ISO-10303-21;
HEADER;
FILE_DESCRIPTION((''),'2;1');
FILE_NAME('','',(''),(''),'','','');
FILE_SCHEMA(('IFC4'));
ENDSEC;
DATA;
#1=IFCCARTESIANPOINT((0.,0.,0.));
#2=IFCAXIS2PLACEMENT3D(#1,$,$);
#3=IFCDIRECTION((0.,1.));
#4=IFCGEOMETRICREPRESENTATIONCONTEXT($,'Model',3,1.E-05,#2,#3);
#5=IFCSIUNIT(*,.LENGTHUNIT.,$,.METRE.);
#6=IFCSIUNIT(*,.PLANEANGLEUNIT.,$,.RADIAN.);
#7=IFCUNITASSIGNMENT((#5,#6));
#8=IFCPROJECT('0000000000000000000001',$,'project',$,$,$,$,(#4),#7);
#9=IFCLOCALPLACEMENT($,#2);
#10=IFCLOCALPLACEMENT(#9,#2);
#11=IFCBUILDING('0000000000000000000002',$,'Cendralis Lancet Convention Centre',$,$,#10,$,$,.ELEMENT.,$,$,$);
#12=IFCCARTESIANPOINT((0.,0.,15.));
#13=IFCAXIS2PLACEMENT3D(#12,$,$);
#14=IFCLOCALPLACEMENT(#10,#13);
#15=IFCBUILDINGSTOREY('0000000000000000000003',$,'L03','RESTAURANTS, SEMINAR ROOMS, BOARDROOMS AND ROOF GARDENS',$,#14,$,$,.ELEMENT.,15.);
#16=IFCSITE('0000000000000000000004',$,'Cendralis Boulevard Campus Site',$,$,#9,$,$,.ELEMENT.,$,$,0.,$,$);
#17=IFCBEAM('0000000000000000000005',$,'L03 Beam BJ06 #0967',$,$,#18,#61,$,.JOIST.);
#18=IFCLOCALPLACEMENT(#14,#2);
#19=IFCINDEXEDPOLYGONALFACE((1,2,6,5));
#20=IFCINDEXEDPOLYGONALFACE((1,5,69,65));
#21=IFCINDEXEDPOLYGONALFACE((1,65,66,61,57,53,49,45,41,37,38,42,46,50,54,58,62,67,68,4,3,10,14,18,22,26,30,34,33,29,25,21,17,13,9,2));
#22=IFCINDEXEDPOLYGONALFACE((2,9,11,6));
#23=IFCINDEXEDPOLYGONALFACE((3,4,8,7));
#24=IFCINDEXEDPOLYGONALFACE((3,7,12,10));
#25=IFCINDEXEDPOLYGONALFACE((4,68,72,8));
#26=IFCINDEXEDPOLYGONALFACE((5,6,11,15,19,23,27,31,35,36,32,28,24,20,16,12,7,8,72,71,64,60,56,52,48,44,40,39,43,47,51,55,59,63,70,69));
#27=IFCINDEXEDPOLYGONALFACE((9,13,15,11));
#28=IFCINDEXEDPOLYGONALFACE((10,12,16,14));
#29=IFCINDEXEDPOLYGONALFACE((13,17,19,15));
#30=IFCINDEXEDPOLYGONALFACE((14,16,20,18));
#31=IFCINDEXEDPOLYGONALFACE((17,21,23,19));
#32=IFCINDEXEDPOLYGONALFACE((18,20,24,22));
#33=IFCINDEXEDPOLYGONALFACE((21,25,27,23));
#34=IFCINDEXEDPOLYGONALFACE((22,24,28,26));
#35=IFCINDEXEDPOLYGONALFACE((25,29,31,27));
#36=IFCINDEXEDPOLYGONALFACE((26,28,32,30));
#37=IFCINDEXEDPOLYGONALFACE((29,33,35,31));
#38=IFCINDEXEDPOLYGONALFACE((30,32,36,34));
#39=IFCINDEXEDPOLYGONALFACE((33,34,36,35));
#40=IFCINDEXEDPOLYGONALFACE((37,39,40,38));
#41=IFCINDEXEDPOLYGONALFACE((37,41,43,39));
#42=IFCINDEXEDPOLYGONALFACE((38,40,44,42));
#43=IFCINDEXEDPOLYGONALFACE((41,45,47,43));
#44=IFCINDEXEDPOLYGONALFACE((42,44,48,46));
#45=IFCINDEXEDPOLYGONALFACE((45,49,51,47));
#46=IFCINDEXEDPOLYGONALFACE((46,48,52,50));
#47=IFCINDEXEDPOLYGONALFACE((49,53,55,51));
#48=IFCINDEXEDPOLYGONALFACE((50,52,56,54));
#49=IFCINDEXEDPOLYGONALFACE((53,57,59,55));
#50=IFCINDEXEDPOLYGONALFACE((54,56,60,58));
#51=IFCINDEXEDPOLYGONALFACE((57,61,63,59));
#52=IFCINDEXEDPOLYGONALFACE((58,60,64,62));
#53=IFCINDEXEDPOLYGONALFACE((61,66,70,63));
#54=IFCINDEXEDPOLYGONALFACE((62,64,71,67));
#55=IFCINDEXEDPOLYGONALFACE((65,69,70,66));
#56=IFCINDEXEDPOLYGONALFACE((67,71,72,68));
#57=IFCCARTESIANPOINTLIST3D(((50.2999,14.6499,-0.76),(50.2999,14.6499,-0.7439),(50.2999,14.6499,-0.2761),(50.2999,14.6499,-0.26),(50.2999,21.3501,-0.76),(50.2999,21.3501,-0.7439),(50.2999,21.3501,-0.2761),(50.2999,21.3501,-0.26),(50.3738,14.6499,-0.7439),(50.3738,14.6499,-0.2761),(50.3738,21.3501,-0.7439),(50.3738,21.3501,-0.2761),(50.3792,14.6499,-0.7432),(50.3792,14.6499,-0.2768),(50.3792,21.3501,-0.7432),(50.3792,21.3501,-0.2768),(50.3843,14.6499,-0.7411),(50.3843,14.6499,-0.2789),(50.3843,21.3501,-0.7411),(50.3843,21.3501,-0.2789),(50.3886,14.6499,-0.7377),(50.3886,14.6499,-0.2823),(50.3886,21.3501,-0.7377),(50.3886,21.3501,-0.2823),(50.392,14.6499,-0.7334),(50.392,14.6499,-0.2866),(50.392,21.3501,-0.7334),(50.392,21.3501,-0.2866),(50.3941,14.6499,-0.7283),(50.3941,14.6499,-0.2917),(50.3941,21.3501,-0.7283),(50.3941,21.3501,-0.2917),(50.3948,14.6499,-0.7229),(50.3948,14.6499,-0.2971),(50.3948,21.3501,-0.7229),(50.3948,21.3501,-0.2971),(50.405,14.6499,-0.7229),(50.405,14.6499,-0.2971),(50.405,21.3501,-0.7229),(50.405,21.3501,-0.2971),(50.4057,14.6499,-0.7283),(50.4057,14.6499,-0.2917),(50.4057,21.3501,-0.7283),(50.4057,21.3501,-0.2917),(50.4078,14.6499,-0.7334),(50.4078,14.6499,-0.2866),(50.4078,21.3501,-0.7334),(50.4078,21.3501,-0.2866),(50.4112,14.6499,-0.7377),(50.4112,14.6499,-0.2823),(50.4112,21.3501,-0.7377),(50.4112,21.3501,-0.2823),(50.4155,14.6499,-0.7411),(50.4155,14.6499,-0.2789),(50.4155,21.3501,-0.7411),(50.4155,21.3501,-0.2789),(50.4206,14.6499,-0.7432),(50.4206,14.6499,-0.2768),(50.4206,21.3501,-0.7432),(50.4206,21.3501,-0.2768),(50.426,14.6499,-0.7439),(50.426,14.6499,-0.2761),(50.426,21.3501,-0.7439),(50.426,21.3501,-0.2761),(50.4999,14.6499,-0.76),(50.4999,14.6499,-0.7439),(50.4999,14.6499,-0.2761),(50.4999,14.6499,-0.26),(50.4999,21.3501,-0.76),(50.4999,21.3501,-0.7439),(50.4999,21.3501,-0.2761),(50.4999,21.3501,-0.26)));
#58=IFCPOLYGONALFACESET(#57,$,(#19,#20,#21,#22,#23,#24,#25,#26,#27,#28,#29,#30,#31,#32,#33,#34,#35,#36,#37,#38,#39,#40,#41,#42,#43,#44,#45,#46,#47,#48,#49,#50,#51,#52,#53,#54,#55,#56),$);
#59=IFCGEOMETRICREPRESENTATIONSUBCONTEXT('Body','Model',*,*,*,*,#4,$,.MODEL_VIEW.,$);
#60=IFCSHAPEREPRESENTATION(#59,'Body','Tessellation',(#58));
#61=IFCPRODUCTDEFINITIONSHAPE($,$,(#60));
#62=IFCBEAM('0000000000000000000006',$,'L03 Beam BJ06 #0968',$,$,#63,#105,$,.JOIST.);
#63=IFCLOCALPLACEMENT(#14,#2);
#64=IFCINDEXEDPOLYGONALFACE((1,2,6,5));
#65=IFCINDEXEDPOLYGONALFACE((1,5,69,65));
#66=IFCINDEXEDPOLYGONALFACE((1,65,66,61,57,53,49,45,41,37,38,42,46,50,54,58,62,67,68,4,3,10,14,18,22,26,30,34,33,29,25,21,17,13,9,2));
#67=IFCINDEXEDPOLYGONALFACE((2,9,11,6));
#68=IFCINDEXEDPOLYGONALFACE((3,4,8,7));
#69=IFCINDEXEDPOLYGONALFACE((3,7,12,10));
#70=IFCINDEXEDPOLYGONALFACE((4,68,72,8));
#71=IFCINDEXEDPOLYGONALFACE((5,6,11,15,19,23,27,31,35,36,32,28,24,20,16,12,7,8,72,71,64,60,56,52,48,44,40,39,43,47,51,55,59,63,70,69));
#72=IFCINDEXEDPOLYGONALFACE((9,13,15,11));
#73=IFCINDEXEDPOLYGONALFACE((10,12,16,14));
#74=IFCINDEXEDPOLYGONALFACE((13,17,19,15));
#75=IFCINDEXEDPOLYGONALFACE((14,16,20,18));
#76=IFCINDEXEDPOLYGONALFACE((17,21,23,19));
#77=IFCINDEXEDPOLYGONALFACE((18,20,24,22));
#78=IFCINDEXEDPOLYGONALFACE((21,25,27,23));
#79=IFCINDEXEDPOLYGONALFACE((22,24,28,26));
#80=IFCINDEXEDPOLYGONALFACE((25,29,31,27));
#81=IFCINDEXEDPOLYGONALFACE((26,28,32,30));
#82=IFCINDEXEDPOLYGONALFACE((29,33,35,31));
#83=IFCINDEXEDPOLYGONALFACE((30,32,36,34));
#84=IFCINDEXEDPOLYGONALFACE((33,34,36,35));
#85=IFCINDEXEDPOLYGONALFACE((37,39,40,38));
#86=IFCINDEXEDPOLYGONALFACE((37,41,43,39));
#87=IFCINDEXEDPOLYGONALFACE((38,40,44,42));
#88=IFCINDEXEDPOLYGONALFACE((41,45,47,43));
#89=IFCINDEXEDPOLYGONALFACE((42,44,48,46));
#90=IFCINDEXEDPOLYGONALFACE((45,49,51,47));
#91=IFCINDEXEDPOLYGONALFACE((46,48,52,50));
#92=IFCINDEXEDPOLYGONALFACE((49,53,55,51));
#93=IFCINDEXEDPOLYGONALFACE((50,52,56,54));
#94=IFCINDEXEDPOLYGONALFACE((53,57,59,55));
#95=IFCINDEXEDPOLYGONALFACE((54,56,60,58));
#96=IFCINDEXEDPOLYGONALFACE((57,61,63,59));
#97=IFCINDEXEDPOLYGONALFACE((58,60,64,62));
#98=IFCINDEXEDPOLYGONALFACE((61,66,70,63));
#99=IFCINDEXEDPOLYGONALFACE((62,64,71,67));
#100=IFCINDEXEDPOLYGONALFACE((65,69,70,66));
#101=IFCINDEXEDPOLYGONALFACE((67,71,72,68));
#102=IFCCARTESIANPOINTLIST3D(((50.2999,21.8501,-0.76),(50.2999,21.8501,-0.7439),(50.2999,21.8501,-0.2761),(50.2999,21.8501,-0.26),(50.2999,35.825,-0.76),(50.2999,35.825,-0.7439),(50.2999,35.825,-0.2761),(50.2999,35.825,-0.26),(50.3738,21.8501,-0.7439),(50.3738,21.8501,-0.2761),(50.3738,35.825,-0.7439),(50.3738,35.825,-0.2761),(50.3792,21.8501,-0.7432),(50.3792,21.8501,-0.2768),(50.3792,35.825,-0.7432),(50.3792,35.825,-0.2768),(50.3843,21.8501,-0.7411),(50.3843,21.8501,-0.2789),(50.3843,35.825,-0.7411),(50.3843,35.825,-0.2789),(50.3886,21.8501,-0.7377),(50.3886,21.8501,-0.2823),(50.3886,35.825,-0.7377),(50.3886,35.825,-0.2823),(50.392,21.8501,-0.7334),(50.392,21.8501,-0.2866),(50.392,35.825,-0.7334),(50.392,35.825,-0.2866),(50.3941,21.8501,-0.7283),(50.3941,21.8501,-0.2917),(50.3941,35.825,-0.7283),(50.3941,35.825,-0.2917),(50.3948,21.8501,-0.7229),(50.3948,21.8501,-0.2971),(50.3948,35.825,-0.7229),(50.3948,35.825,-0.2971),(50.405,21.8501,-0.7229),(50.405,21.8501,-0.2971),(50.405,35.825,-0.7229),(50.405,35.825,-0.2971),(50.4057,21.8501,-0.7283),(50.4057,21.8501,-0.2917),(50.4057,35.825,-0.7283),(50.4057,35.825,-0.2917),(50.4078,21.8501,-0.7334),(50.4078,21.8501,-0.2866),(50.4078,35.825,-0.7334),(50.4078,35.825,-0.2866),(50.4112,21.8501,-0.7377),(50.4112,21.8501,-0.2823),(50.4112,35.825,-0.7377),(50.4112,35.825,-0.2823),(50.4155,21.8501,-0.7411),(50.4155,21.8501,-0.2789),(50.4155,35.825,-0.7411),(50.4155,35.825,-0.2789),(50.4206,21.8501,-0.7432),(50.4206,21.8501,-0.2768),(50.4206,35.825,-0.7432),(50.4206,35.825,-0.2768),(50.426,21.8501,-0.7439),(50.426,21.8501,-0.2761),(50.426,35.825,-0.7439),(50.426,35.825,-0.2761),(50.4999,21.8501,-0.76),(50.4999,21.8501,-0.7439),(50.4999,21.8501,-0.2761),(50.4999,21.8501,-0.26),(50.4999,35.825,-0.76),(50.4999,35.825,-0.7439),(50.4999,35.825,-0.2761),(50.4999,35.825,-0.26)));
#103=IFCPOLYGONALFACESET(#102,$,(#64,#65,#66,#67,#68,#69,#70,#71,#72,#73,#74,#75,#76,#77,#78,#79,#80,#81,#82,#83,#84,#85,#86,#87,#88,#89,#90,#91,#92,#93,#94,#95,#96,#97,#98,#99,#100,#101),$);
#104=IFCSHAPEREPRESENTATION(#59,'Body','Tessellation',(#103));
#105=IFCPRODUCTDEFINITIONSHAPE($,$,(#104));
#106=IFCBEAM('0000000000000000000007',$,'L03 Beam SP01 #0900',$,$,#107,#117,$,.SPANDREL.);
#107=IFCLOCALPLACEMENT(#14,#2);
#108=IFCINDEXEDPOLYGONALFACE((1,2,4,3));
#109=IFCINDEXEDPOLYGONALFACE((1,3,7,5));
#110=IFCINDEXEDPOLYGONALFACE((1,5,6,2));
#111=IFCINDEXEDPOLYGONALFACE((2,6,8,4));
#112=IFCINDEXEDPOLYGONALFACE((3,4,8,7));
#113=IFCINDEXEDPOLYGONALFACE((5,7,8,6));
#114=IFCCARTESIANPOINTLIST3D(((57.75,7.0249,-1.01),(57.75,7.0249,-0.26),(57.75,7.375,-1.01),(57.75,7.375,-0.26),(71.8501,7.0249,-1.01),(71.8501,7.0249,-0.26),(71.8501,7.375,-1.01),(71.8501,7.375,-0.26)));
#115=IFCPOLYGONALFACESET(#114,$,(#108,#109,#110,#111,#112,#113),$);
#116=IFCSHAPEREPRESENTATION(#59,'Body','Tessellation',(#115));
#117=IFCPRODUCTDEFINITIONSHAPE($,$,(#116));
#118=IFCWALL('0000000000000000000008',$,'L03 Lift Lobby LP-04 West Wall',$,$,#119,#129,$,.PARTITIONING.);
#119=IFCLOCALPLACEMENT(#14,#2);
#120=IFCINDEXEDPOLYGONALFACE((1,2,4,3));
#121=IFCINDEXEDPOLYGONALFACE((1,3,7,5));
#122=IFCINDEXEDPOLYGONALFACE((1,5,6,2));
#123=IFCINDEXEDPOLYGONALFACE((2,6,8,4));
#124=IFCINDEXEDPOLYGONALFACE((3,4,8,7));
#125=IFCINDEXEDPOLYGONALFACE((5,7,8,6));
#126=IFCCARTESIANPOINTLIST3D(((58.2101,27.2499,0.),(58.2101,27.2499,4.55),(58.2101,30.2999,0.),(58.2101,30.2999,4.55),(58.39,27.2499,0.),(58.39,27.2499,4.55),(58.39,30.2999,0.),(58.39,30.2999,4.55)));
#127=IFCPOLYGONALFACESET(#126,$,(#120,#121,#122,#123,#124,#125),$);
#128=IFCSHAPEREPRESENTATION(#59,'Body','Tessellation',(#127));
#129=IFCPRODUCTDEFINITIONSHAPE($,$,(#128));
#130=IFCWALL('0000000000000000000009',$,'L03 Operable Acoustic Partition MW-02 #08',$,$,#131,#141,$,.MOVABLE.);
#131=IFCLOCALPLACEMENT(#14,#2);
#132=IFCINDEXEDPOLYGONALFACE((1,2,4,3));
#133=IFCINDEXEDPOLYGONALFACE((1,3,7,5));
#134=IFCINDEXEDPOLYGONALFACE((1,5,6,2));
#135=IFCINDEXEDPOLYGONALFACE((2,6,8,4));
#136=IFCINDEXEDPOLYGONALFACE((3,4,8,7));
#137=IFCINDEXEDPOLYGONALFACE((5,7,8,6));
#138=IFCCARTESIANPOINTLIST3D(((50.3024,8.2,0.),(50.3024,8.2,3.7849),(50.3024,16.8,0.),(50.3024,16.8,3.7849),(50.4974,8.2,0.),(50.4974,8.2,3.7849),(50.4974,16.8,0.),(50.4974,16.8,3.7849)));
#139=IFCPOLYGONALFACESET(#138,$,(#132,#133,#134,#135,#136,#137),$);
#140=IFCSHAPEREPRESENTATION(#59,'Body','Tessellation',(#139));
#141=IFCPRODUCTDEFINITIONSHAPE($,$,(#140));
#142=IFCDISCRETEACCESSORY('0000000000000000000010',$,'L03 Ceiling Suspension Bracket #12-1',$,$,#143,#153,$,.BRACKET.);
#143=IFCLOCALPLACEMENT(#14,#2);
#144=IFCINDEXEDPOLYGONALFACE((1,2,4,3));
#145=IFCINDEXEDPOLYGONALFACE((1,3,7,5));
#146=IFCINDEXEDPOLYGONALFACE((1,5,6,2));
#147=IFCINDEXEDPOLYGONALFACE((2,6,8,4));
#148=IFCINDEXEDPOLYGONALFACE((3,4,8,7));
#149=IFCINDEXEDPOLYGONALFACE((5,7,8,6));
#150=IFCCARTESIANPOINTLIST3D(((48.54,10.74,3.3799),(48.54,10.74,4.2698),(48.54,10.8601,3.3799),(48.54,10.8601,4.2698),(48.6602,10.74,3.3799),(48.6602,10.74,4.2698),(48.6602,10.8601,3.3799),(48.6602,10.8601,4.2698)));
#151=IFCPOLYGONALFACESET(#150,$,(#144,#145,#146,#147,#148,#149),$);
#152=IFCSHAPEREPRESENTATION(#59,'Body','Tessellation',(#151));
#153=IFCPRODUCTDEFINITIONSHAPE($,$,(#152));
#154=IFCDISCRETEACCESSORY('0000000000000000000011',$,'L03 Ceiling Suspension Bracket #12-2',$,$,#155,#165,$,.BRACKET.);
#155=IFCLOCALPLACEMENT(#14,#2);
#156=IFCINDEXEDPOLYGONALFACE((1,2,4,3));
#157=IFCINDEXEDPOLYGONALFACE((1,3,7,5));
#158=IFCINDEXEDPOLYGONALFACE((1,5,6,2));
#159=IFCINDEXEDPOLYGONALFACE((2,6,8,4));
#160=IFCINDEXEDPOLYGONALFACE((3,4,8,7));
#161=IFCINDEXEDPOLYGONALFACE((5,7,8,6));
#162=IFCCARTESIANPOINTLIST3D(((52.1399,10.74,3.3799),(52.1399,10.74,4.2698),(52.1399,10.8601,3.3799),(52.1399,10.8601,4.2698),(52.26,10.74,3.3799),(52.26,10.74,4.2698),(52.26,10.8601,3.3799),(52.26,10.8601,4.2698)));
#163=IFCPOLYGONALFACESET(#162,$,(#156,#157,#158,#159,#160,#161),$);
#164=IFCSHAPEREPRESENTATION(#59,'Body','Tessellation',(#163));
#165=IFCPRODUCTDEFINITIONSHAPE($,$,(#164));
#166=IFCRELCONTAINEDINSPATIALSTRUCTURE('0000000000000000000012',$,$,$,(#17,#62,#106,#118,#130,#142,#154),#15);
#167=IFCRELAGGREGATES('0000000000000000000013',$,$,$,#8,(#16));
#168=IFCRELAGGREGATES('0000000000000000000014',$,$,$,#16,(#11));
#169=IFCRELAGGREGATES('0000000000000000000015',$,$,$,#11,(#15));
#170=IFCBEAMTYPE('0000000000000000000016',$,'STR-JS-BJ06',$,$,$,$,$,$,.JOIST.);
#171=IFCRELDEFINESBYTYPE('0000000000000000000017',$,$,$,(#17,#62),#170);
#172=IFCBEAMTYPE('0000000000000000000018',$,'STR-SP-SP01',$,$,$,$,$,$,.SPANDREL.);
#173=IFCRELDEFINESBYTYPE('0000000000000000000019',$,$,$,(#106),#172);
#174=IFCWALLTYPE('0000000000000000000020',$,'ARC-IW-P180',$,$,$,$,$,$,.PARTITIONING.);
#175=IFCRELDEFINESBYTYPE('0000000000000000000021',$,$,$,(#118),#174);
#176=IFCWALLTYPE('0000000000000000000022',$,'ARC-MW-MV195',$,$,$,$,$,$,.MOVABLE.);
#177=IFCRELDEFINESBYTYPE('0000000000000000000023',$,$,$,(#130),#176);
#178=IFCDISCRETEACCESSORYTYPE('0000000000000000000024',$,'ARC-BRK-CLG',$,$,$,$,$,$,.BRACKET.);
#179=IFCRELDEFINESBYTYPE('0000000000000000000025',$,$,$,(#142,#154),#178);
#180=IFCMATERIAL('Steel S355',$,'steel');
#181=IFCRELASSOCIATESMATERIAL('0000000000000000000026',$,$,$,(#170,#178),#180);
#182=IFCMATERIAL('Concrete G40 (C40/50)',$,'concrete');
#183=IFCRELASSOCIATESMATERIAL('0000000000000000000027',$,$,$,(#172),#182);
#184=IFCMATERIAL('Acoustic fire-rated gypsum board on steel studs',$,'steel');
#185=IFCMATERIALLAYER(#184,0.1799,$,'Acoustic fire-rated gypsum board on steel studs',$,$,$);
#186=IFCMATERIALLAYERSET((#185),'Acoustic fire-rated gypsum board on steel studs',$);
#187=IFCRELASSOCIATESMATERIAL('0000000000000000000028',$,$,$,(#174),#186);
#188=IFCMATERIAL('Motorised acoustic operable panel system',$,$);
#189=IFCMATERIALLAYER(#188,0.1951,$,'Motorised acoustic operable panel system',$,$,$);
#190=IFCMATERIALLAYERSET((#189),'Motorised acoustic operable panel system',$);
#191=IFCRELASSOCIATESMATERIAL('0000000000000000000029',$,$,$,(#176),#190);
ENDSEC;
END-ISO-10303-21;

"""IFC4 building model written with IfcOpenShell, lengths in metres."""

from ifc_helpers import new_model, si_unit, direction, frame, frame_2d, origin, origin_2d, place, context, subcontext, project, spatial, rectangle, i_section, extrude, material, layer, layer_set, material_profile, profile_set, type_object, element, save


model = new_model("IFC4")

# Units and contexts
model_context = context("Model", 3, precision=1e-05, world=origin(), true_north=direction((0.0, 1.0)))
body_context = subcontext(model_context, "Body", "Model", "MODEL_VIEW")
ifc_project = project(units=[si_unit("LENGTHUNIT", "METRE"), si_unit("PLANEANGLEUNIT", "RADIAN")], contexts=[model_context])

# Site, building, storey
site_placement = place(None, origin())
site = spatial("IfcSite", under=ifc_project, at=site_placement, Name="Cendralis Boulevard Campus Site", CompositionType="ELEMENT", RefElevation=0.0)
building_placement = place(site_placement, origin())
building = spatial("IfcBuilding", under=site, at=building_placement, Name="Cendralis Lancet Convention Centre", CompositionType="ELEMENT")
storey_placement = place(building_placement, frame((0.0, 0.0, 15.0)))
storey = spatial("IfcBuildingStorey", under=building, at=storey_placement, Name="L03", Description="RESTAURANTS, SEMINAR ROOMS, BOARDROOMS AND ROOF GARDENS", CompositionType="ELEMENT", Elevation=15.0)

# Shared definitions
ifc_material_1 = material(Name="Concrete G40 (C40/50)", Category="concrete")

# Beams
ifc_material_2 = material(Name="Steel S355", Category="steel")
ifc_material_profile_1 = material_profile(ifc_material_2, i_section(OverallWidth=0.2, OverallDepth=0.5, WebThickness=0.0103, FlangeThickness=0.0161, FilletRadius=0.021, at=origin_2d()), Name="IPE 500")
ifc_profile_set_1 = profile_set([ifc_material_profile_1], Name="Steel S355")
beam_type_1 = type_object("IfcBeamType", Name="STR-JS-BJ06", PredefinedType="JOIST", material=ifc_profile_set_1)
beam_1_placement = place(storey_placement, frame((50.3999, 14.6499, -0.51), z_axis=(0.0, 1.0, 0.0), x_axis=(-1.0, 0.0, 0.0)))
element("IfcBeam", 1, at=beam_1_placement, inside=storey, type_object=beam_type_1, Name="L03 Beam BJ06 #0967", PredefinedType="JOIST", context=body_context, shape_type="SweptSolid", body=[
    extrude(i_section(OverallWidth=0.2, OverallDepth=0.5, WebThickness=0.0103, FlangeThickness=0.0161, FilletRadius=0.021, at=origin_2d()), origin(), (0.0, 0.0, 1.0), 6.7002),
])
beam_2_placement = place(storey_placement, frame((50.3999, 21.8501, -0.51), z_axis=(0.0, 1.0, 0.0), x_axis=(-1.0, 0.0, 0.0)))
element("IfcBeam", 2, at=beam_2_placement, inside=storey, type_object=beam_type_1, Name="L03 Beam BJ06 #0968", PredefinedType="JOIST", context=body_context, shape_type="SweptSolid", body=[
    extrude(i_section(OverallWidth=0.2, OverallDepth=0.5, WebThickness=0.0103, FlangeThickness=0.0161, FilletRadius=0.021, at=origin_2d()), origin(), (0.0, 0.0, 1.0), 13.9749),
])
ifc_material_profile_2 = material_profile(ifc_material_1, rectangle(XDim=0.3501, YDim=0.75, at=origin_2d()), Name="RCB 350x750")
ifc_profile_set_2 = profile_set([ifc_material_profile_2], Name="Concrete G40 (C40/50)")
beam_type_2 = type_object("IfcBeamType", Name="STR-SP-SP01", PredefinedType="SPANDREL", material=ifc_profile_set_2)
beam_3_placement = place(storey_placement, frame((57.75, 7.2, -0.635), z_axis=(1.0, 0.0, 0.0), x_axis=(0.0, 1.0, 0.0)))
element("IfcBeam", 3, at=beam_3_placement, inside=storey, type_object=beam_type_2, Name="L03 Beam SP01 #0900", PredefinedType="SPANDREL", context=body_context, shape_type="SweptSolid", body=[
    extrude(rectangle(XDim=0.3501, YDim=0.75, at=origin_2d()), origin(), (0.0, 0.0, 1.0), 14.1001),
])

# Shared definitions
ifc_material_3 = material(Name="Acoustic fire-rated gypsum board on steel studs", Category="steel")
ifc_layer_1 = layer(ifc_material_3, 0.1799, Name="Acoustic fire-rated gypsum board on steel studs")
ifc_layer_set_1 = layer_set([ifc_layer_1], Name="Acoustic fire-rated gypsum board on steel studs")
wall_type_1 = type_object("IfcWallType", Name="ARC-IW-P180", PredefinedType="PARTITIONING", material=ifc_layer_set_1)

# Walls
wall_1_placement = place(storey_placement, frame((58.3, 27.25, 0.0), z_axis=(0.0, 0.0, 1.0), x_axis=(0.0, 1.0, 0.0)))
element("IfcWall", 4, at=wall_1_placement, inside=storey, type_object=wall_type_1, Name="L03 Lift Lobby LP-04 West Wall", PredefinedType="PARTITIONING", context=body_context, shape_type="SweptSolid", body=[
    extrude(rectangle(XDim=3.05, YDim=0.1799, at=frame_2d((1.5249, 0.0))), origin(), (0.0, 0.0, 1.0), 4.55),
])
ifc_material_4 = material(Name="Motorised acoustic operable panel system")
ifc_layer_2 = layer(ifc_material_4, 0.1951, Name="Motorised acoustic operable panel system")
ifc_layer_set_2 = layer_set([ifc_layer_2], Name="Motorised acoustic operable panel system")
wall_type_2 = type_object("IfcWallType", Name="ARC-MW-MV195", PredefinedType="MOVABLE", material=ifc_layer_set_2)
wall_2_placement = place(storey_placement, frame((50.3999, 8.2, 0.0), z_axis=(0.0, 0.0, 1.0), x_axis=(0.0, 1.0, 0.0)))
element("IfcWall", 5, at=wall_2_placement, inside=storey, type_object=wall_type_2, Name="L03 Operable Acoustic Partition MW-02 #08", PredefinedType="MOVABLE", context=body_context, shape_type="SweptSolid", body=[
    extrude(rectangle(XDim=8.6001, YDim=0.1951, at=frame_2d((4.3, 0.0))), origin(), (0.0, 0.0, 1.0), 3.7849),
])

# Discrete accessories
discrete_accessory_type = type_object("IfcDiscreteAccessoryType", Name="ARC-BRK-CLG", PredefinedType="BRACKET", material=ifc_material_2)
for number, where, z_axis, x_axis, name in (
    (6, (48.6001, 10.8, 3.3799), (0.0, 0.0, 1.0), (1.0, 0.0, 0.0), "L03 Ceiling Suspension Bracket #12-1"),
    (7, (52.2, 10.8, 3.3799), (0.0, 0.0, 1.0), (1.0, 0.0, 0.0), "L03 Ceiling Suspension Bracket #12-2"),
):
    element("IfcDiscreteAccessory", number, at=place(storey_placement, frame(where, z_axis=z_axis, x_axis=x_axis)), inside=storey, type_object=discrete_accessory_type, Name=name, PredefinedType="BRACKET", context=body_context, shape_type="SweptSolid", body=[
        extrude(rectangle(XDim=0.1201, YDim=0.1201, at=origin_2d()), origin(), (0.0, 0.0, 1.0), 0.8899),
    ])

save(model, "model.ifc")
